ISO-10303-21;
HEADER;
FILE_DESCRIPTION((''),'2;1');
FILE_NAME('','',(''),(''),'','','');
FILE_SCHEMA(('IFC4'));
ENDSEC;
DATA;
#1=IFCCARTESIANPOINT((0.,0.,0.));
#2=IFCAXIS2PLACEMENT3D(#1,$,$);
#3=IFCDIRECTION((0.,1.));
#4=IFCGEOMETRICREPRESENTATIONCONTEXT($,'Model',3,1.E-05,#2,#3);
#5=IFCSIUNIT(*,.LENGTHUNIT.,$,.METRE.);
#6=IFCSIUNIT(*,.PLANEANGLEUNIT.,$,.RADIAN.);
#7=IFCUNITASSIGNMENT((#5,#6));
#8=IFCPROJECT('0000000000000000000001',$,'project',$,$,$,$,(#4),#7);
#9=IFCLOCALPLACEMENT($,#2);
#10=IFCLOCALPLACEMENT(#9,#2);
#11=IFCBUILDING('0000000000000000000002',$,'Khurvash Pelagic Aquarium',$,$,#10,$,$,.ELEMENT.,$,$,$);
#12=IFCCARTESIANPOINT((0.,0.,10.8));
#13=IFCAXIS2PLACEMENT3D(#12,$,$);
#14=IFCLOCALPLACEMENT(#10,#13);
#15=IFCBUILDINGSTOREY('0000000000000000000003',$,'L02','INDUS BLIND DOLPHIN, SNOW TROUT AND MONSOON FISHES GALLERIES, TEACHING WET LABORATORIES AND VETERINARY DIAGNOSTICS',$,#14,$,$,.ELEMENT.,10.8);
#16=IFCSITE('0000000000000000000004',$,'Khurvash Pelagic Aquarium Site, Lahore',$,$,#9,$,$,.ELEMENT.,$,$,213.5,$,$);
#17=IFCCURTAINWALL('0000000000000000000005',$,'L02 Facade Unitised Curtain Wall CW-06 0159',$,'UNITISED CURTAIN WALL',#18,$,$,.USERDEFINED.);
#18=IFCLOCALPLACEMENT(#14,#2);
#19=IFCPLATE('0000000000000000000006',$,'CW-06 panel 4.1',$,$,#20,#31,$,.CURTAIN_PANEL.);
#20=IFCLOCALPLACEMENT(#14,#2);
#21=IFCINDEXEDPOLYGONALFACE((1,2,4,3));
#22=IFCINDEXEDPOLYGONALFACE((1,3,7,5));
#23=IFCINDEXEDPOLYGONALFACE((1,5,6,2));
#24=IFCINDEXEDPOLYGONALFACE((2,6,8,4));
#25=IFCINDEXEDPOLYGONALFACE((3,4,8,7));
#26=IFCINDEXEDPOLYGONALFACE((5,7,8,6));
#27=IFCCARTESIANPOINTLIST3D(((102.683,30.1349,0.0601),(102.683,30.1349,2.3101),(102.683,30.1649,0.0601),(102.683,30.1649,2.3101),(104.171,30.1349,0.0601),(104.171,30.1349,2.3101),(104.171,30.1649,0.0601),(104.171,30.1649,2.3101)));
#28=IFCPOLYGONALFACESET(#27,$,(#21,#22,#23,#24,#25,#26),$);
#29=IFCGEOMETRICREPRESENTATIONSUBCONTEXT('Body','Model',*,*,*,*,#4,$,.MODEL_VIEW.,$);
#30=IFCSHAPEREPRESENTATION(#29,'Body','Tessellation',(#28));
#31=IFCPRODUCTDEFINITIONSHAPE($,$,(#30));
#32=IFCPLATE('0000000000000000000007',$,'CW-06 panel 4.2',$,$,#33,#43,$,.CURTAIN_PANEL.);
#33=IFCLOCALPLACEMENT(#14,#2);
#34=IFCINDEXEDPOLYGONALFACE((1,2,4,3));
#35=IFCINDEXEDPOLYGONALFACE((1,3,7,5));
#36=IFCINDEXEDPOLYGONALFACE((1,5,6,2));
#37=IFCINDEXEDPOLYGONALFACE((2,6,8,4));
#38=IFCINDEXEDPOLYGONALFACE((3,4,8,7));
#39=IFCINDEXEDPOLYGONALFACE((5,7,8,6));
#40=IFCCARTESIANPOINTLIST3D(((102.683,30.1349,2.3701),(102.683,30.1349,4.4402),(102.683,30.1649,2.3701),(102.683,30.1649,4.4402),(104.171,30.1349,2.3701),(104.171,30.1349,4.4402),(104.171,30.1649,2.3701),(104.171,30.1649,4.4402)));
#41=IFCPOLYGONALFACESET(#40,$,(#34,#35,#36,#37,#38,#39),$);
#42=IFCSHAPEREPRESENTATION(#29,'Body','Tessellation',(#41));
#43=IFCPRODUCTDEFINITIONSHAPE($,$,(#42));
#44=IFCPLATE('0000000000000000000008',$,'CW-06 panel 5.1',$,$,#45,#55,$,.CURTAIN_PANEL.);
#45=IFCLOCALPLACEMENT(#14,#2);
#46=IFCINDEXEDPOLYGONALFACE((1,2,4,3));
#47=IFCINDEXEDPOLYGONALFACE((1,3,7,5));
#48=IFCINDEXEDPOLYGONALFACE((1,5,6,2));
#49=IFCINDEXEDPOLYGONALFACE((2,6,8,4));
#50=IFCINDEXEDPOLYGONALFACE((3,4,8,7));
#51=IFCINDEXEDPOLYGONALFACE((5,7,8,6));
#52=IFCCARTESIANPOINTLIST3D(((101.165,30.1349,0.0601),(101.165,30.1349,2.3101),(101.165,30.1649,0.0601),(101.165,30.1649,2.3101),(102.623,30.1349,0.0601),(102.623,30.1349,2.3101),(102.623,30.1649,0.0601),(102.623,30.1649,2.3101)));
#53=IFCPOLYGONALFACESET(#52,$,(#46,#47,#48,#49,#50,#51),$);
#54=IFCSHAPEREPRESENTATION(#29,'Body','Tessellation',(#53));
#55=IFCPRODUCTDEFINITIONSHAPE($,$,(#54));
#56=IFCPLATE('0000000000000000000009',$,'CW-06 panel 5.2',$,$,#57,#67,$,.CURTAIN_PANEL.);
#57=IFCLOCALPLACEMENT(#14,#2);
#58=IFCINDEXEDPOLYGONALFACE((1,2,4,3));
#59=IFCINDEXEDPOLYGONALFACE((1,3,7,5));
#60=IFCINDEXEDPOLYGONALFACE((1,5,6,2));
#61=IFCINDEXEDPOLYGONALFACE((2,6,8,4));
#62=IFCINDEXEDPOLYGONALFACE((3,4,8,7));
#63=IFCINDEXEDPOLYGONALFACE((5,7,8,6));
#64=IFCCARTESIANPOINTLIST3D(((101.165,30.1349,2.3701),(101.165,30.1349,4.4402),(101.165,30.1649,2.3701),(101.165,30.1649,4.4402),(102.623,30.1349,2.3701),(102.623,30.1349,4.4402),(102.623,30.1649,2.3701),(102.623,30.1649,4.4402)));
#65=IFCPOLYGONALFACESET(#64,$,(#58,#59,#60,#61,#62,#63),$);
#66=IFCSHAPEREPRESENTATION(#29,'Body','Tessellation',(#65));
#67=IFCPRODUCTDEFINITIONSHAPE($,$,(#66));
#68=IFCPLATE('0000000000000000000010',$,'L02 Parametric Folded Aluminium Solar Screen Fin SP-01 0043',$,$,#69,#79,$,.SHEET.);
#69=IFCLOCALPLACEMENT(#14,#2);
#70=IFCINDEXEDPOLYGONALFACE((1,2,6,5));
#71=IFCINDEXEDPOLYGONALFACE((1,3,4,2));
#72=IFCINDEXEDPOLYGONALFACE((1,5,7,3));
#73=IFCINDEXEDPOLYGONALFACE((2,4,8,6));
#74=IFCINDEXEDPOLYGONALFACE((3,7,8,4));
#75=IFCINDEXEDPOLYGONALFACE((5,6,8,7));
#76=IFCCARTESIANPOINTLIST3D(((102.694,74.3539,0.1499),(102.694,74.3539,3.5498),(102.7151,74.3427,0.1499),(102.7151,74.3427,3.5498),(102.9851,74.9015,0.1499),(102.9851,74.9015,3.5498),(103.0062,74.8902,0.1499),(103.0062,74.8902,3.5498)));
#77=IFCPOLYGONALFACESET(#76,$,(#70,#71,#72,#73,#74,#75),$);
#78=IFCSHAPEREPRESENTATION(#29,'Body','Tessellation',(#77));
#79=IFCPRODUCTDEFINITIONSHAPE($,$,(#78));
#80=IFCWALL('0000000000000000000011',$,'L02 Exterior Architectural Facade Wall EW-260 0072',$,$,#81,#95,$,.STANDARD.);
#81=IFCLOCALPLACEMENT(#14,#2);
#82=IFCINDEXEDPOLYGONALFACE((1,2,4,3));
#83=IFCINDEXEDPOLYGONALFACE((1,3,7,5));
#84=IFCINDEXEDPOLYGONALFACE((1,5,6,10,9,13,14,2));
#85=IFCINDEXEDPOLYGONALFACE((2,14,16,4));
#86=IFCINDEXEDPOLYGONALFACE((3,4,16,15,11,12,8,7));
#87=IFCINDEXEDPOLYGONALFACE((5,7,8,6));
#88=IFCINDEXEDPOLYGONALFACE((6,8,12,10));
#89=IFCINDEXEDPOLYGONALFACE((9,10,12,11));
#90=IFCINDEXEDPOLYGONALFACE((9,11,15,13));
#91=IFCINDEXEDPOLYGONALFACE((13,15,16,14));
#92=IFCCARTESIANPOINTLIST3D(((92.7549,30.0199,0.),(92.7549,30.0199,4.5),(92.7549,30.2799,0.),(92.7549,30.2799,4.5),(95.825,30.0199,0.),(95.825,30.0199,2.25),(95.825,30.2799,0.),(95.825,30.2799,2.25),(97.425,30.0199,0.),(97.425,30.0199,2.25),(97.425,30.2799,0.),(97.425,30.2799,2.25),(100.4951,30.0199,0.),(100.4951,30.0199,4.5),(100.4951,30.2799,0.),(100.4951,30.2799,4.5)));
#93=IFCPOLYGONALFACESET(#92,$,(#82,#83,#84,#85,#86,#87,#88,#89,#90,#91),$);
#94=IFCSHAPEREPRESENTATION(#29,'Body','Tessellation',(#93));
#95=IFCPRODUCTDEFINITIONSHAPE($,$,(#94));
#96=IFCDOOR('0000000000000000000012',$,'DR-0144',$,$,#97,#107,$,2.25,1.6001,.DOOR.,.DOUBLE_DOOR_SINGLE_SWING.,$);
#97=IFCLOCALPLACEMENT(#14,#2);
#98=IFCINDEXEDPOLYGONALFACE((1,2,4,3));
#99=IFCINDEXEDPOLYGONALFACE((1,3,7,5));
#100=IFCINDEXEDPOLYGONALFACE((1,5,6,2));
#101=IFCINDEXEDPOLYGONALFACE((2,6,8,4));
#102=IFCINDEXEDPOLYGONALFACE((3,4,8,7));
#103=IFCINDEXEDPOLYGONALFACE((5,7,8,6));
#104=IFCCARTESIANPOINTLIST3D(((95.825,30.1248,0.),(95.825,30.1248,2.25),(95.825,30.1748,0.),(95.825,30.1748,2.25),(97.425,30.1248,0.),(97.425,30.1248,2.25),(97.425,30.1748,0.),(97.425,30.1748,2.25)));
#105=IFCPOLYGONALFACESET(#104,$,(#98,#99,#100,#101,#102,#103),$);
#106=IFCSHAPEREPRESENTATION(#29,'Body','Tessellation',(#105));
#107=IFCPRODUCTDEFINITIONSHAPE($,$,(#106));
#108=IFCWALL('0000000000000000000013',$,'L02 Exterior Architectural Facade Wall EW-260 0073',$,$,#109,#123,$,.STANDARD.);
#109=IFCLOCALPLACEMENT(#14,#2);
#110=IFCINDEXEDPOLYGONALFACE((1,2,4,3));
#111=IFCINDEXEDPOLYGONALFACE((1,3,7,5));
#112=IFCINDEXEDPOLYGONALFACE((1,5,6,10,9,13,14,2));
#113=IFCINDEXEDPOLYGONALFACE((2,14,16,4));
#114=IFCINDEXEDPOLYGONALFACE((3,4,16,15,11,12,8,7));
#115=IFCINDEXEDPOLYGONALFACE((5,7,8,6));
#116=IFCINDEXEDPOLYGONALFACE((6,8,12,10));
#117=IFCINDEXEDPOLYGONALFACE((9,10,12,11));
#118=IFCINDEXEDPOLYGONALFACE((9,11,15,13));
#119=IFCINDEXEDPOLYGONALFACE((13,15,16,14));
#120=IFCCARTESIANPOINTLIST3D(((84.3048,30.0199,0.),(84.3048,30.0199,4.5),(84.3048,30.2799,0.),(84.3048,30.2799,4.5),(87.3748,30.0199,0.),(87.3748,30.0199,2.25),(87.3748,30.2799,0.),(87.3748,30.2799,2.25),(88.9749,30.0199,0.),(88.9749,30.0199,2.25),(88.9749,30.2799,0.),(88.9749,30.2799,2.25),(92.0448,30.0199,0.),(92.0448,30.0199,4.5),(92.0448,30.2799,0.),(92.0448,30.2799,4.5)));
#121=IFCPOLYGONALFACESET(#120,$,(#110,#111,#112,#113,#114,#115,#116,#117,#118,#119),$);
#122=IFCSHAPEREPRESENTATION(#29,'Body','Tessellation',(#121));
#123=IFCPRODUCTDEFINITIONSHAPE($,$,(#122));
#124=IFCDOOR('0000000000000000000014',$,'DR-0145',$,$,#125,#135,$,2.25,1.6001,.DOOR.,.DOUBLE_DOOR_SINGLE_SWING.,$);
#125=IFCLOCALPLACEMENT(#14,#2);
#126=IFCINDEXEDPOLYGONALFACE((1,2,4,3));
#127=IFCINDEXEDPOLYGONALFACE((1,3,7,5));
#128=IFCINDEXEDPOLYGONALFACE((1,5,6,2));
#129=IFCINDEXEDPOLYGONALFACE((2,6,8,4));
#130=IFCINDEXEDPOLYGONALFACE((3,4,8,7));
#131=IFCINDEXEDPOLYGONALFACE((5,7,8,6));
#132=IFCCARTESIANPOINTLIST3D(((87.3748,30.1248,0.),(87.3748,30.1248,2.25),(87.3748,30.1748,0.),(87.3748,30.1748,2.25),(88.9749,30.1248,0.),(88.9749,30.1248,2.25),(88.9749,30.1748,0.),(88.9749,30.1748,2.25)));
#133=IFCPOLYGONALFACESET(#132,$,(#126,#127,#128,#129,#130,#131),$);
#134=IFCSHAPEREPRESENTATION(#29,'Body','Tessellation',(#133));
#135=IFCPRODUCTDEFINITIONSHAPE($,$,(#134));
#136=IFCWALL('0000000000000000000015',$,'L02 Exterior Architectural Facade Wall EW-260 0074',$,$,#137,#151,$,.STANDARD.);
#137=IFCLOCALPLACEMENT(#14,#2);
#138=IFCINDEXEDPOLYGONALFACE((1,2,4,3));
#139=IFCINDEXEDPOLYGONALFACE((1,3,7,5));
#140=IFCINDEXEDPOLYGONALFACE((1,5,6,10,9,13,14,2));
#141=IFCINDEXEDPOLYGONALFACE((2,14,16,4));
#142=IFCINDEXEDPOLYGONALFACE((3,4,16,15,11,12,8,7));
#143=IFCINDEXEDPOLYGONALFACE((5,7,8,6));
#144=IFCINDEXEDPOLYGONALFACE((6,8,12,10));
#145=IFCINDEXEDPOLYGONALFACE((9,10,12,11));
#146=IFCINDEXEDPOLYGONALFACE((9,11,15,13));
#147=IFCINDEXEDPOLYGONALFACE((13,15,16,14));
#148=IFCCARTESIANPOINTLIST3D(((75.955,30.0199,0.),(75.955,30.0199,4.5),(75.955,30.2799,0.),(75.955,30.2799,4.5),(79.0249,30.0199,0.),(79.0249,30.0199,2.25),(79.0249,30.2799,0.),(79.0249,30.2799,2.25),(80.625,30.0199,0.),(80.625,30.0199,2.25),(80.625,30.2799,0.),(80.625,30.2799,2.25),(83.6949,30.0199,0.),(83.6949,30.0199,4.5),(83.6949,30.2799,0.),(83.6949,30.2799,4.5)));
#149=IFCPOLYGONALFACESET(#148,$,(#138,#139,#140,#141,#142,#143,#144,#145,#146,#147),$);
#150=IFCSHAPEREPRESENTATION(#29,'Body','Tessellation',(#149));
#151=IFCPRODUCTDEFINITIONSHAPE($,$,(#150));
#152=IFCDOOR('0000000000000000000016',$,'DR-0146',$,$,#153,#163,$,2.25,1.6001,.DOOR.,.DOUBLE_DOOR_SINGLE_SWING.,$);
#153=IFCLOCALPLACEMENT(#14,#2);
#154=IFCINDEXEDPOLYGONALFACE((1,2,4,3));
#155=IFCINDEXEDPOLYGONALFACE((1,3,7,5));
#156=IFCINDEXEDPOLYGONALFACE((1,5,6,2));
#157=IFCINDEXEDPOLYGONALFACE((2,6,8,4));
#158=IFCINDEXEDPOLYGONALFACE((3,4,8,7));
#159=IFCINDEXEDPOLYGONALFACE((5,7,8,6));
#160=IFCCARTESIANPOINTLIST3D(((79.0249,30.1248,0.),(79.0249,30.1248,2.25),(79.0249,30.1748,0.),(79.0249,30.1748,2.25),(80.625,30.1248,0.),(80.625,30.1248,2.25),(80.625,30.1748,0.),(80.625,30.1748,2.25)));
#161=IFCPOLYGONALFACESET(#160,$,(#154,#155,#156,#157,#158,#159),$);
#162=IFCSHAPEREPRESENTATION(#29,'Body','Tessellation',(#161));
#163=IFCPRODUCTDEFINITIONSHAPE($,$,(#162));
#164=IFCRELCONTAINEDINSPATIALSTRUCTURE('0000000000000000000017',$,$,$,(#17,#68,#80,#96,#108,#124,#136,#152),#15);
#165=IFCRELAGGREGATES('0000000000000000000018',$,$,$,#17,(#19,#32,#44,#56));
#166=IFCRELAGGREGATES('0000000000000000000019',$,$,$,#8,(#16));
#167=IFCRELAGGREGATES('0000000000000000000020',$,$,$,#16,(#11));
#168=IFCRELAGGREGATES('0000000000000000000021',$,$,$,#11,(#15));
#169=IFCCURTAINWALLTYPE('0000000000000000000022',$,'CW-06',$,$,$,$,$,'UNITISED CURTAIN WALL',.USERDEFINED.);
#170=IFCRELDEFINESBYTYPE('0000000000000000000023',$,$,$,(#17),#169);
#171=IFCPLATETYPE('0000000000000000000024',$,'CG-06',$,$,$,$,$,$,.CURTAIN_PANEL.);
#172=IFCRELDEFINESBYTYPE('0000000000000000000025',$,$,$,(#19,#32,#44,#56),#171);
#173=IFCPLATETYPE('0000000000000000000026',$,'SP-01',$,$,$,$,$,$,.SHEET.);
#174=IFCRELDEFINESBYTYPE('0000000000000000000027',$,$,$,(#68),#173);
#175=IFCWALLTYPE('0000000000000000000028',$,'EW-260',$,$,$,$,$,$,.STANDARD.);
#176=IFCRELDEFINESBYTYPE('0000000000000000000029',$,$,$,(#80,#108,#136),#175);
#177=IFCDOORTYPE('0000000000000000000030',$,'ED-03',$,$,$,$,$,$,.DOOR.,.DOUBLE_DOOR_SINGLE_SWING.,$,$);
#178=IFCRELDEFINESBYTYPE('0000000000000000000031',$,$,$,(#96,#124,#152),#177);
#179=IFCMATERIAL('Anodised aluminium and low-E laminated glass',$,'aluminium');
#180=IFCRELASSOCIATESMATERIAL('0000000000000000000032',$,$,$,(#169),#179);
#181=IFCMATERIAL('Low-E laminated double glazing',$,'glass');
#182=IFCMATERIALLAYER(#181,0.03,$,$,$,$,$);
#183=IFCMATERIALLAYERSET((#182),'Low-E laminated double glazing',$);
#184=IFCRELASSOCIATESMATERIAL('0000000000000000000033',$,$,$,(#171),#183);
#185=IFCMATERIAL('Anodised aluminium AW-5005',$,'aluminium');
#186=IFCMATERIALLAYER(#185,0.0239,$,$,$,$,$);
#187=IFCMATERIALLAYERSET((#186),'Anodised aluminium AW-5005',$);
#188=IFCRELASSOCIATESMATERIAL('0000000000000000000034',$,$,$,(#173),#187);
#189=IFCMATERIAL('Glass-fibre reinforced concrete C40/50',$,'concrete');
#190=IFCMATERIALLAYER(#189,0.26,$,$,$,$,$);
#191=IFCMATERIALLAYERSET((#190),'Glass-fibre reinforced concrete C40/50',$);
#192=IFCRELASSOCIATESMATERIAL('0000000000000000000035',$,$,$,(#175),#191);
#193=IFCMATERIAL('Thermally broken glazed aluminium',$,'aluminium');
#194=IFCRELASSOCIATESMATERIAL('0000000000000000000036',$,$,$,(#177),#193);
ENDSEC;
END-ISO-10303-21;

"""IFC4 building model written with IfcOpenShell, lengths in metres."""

from ifc_helpers import new_model, si_unit, direction, frame, frame_2d, origin, origin_2d, place, context, subcontext, project, spatial, rectangle, extrude, material, layer, layer_set, type_object, element, fill, aggregate, save


model = new_model("IFC4")

# Units and contexts
model_context = context("Model", 3, precision=1e-05, world=origin(), true_north=direction((0.0, 1.0)))
body_context = subcontext(model_context, "Body", "Model", "MODEL_VIEW")
ifc_project = project(units=[si_unit("LENGTHUNIT", "METRE"), si_unit("PLANEANGLEUNIT", "RADIAN")], contexts=[model_context])

# Site, building, storey
site_placement = place(None, origin())
site = spatial("IfcSite", under=ifc_project, at=site_placement, Name="Khurvash Pelagic Aquarium Site, Lahore", CompositionType="ELEMENT", RefElevation=213.5)
building_placement = place(site_placement, origin())
building = spatial("IfcBuilding", under=site, at=building_placement, Name="Khurvash Pelagic Aquarium", CompositionType="ELEMENT")
storey_placement = place(building_placement, frame((0.0, 0.0, 10.8)))
storey = spatial("IfcBuildingStorey", under=building, at=storey_placement, Name="L02", Description="INDUS BLIND DOLPHIN, SNOW TROUT AND MONSOON FISHES GALLERIES, TEACHING WET LABORATORIES AND VETERINARY DIAGNOSTICS", CompositionType="ELEMENT", Elevation=10.8)

# Curtain wall, plates
ifc_material_1 = material(Name="Anodised aluminium and low-E laminated glass", Category="aluminium")
curtain_wall_type = type_object("IfcCurtainWallType", Name="CW-06", ElementType="UNITISED CURTAIN WALL", PredefinedType="USERDEFINED", material=ifc_material_1)
curtain_wall_placement = place(storey_placement, origin())
curtain_wall = element("IfcCurtainWall", 1, at=curtain_wall_placement, inside=storey, type_object=curtain_wall_type, Name="L02 Facade Unitised Curtain Wall CW-06 0159", ObjectType="UNITISED CURTAIN WALL", PredefinedType="USERDEFINED")
ifc_material_2 = material(Name="Low-E laminated double glazing", Category="glass")
ifc_layer_1 = layer(ifc_material_2, 0.03)
ifc_layer_set_1 = layer_set([ifc_layer_1], Name="Low-E laminated double glazing")
plate_type_1 = type_object("IfcPlateType", Name="CG-06", PredefinedType="CURTAIN_PANEL", material=ifc_layer_set_1)
plate_1_placement = place(storey_placement, frame((103.427, 30.1499, 0.0601), z_axis=(0.0, 0.0, 1.0), x_axis=(-1.0, 0.0, 0.0)))
plate_1 = element("IfcPlate", 2, at=plate_1_placement, type_object=plate_type_1, Name="CW-06 panel 4.1", PredefinedType="CURTAIN_PANEL", context=body_context, shape_type="SweptSolid", body=[
    extrude(rectangle(XDim=1.488, YDim=0.03, at=origin_2d()), origin(), (0.0, 0.0, 1.0), 2.25),
])
plate_2_placement = place(storey_placement, frame((103.427, 30.1499, 2.3701), z_axis=(0.0, 0.0, 1.0), x_axis=(-1.0, 0.0, 0.0)))
plate_2 = element("IfcPlate", 3, at=plate_2_placement, type_object=plate_type_1, Name="CW-06 panel 4.2", PredefinedType="CURTAIN_PANEL", context=body_context, shape_type="SweptSolid", body=[
    extrude(rectangle(XDim=1.488, YDim=0.03, at=origin_2d()), origin(), (0.0, 0.0, 1.0), 2.0701),
])
plate_3_placement = place(storey_placement, frame((101.894, 30.1499, 0.0601), z_axis=(0.0, 0.0, 1.0), x_axis=(-1.0, 0.0, 0.0)))
plate_3 = element("IfcPlate", 4, at=plate_3_placement, type_object=plate_type_1, Name="CW-06 panel 5.1", PredefinedType="CURTAIN_PANEL", context=body_context, shape_type="SweptSolid", body=[
    extrude(rectangle(XDim=1.458, YDim=0.03, at=origin_2d()), origin(), (0.0, 0.0, 1.0), 2.25),
])
plate_4_placement = place(storey_placement, frame((101.894, 30.1499, 2.3701), z_axis=(0.0, 0.0, 1.0), x_axis=(-1.0, 0.0, 0.0)))
plate_4 = element("IfcPlate", 5, at=plate_4_placement, type_object=plate_type_1, Name="CW-06 panel 5.2", PredefinedType="CURTAIN_PANEL", context=body_context, shape_type="SweptSolid", body=[
    extrude(rectangle(XDim=1.458, YDim=0.03, at=origin_2d()), origin(), (0.0, 0.0, 1.0), 2.0701),
])
aggregate(curtain_wall, [plate_1, plate_2, plate_3, plate_4])

# Plate
ifc_material_3 = material(Name="Anodised aluminium AW-5005", Category="aluminium")
ifc_layer_2 = layer(ifc_material_3, 0.0239)
ifc_layer_set_2 = layer_set([ifc_layer_2], Name="Anodised aluminium AW-5005")
plate_type_2 = type_object("IfcPlateType", Name="SP-01", PredefinedType="SHEET", material=ifc_layer_set_2)
plate_5_placement = place(storey_placement, frame((102.8501, 74.6221, 0.1499), z_axis=(0.0, 0.0, 1.0), x_axis=(-0.469472, -0.882948, 0.0)))
element("IfcPlate", 6, at=plate_5_placement, inside=storey, type_object=plate_type_2, Name="L02 Parametric Folded Aluminium Solar Screen Fin SP-01 0043", PredefinedType="SHEET", context=body_context, shape_type="SweptSolid", body=[
    extrude(rectangle(XDim=0.6201, YDim=0.0239, at=origin_2d()), origin(), (0.0, 0.0, 1.0), 3.3999),
])

# Walls, openings, doors
ifc_material_4 = material(Name="Glass-fibre reinforced concrete C40/50", Category="concrete")
ifc_layer_3 = layer(ifc_material_4, 0.26)
ifc_layer_set_3 = layer_set([ifc_layer_3], Name="Glass-fibre reinforced concrete C40/50")
wall_type = type_object("IfcWallType", Name="EW-260", PredefinedType="STANDARD", material=ifc_layer_set_3)
wall_1_placement = place(storey_placement, frame((100.4951, 30.1499, 0.0), z_axis=(0.0, 0.0, 1.0), x_axis=(-1.0, 0.0, 0.0)))
wall_1 = element("IfcWall", 7, at=wall_1_placement, inside=storey, type_object=wall_type, Name="L02 Exterior Architectural Facade Wall EW-260 0072", PredefinedType="STANDARD", context=body_context, shape_type="SweptSolid", body=[
    extrude(rectangle(XDim=7.7402, YDim=0.26, at=frame_2d((3.8701, 0.0))), origin(), (0.0, 0.0, 1.0), 4.5),
])
opening_1_placement = place(wall_1_placement, frame((3.0701, 0.0, 0.0)))
opening_1 = element("IfcOpeningElement", 8, at=opening_1_placement, cuts=wall_1, PredefinedType="OPENING", context=body_context, shape_type="SweptSolid", body=[
    extrude(rectangle(XDim=1.6001, YDim=2.25, at=frame_2d((0.8, 1.125))), frame((0.0, 0.1401, 0.0), z_axis=(0.0, -1.0, 0.0), x_axis=(1.0, 0.0, 0.0)), (0.0, 0.0, 1.0), 0.28),
])
ifc_material_5 = material(Name="Thermally broken glazed aluminium", Category="aluminium")
door_type = type_object("IfcDoorType", Name="ED-03", OperationType="DOUBLE_DOOR_SINGLE_SWING", PredefinedType="DOOR", material=ifc_material_5)
door_1_placement = place(opening_1_placement, frame((1.6001, 0.0, 0.0), z_axis=(0.0, 0.0, 1.0), x_axis=(-1.0, 0.0, 0.0)))
door_1 = element("IfcDoor", 9, at=door_1_placement, inside=storey, type_object=door_type, Name="DR-0144", OperationType="DOUBLE_DOOR_SINGLE_SWING", OverallHeight=2.25, OverallWidth=1.6001, PredefinedType="DOOR", context=body_context, shape_type="SweptSolid", body=[
    extrude(rectangle(XDim=1.6001, YDim=2.25, at=frame_2d((0.8, 1.125))), frame((0.0, 0.0249, 0.0), z_axis=(0.0, -1.0, 0.0), x_axis=(1.0, 0.0, 0.0)), (0.0, 0.0, 1.0), 0.05),
])
fill(opening_1, door_1)
wall_2_placement = place(storey_placement, frame((92.0449, 30.1499, 0.0), z_axis=(0.0, 0.0, 1.0), x_axis=(-1.0, 0.0, 0.0)))
wall_2 = element("IfcWall", 10, at=wall_2_placement, inside=storey, type_object=wall_type, Name="L02 Exterior Architectural Facade Wall EW-260 0073", PredefinedType="STANDARD", context=body_context, shape_type="SweptSolid", body=[
    extrude(rectangle(XDim=7.74, YDim=0.26, at=frame_2d((3.8701, 0.0))), origin(), (0.0, 0.0, 1.0), 4.5),
])
opening_2_placement = place(wall_2_placement, frame((3.0701, 0.0, 0.0)))
opening_2 = element("IfcOpeningElement", 11, at=opening_2_placement, cuts=wall_2, PredefinedType="OPENING", context=body_context, shape_type="SweptSolid", body=[
    extrude(rectangle(XDim=1.6001, YDim=2.25, at=frame_2d((0.8, 1.125))), frame((0.0, 0.1401, 0.0), z_axis=(0.0, -1.0, 0.0), x_axis=(1.0, 0.0, 0.0)), (0.0, 0.0, 1.0), 0.28),
])
door_2_placement = place(opening_2_placement, frame((1.6001, 0.0, 0.0), z_axis=(0.0, 0.0, 1.0), x_axis=(-1.0, 0.0, 0.0)))
door_2 = element("IfcDoor", 12, at=door_2_placement, inside=storey, type_object=door_type, Name="DR-0145", OperationType="DOUBLE_DOOR_SINGLE_SWING", OverallHeight=2.25, OverallWidth=1.6001, PredefinedType="DOOR", context=body_context, shape_type="SweptSolid", body=[
    extrude(rectangle(XDim=1.6001, YDim=2.25, at=frame_2d((0.8, 1.125))), frame((0.0, 0.0249, 0.0), z_axis=(0.0, -1.0, 0.0), x_axis=(1.0, 0.0, 0.0)), (0.0, 0.0, 1.0), 0.05),
])
fill(opening_2, door_2)
wall_3_placement = place(storey_placement, frame((83.6951, 30.1499, 0.0), z_axis=(0.0, 0.0, 1.0), x_axis=(-1.0, 0.0, 0.0)))
wall_3 = element("IfcWall", 13, at=wall_3_placement, inside=storey, type_object=wall_type, Name="L02 Exterior Architectural Facade Wall EW-260 0074", PredefinedType="STANDARD", context=body_context, shape_type="SweptSolid", body=[
    extrude(rectangle(XDim=7.74, YDim=0.26, at=frame_2d((3.8701, 0.0))), origin(), (0.0, 0.0, 1.0), 4.5),
])
opening_3_placement = place(wall_3_placement, frame((3.0701, 0.0, 0.0)))
opening_3 = element("IfcOpeningElement", 14, at=opening_3_placement, cuts=wall_3, PredefinedType="OPENING", context=body_context, shape_type="SweptSolid", body=[
    extrude(rectangle(XDim=1.6001, YDim=2.25, at=frame_2d((0.8, 1.125))), frame((0.0, 0.1401, 0.0), z_axis=(0.0, -1.0, 0.0), x_axis=(1.0, 0.0, 0.0)), (0.0, 0.0, 1.0), 0.28),
])
door_3_placement = place(opening_3_placement, frame((1.6001, 0.0, 0.0), z_axis=(0.0, 0.0, 1.0), x_axis=(-1.0, 0.0, 0.0)))
door_3 = element("IfcDoor", 15, at=door_3_placement, inside=storey, type_object=door_type, Name="DR-0146", OperationType="DOUBLE_DOOR_SINGLE_SWING", OverallHeight=2.25, OverallWidth=1.6001, PredefinedType="DOOR", context=body_context, shape_type="SweptSolid", body=[
    extrude(rectangle(XDim=1.6001, YDim=2.25, at=frame_2d((0.8, 1.125))), frame((0.0, 0.0249, 0.0), z_axis=(0.0, -1.0, 0.0), x_axis=(1.0, 0.0, 0.0)), (0.0, 0.0, 1.0), 0.05),
])
fill(opening_3, door_3)

save(model, "model.ifc")
